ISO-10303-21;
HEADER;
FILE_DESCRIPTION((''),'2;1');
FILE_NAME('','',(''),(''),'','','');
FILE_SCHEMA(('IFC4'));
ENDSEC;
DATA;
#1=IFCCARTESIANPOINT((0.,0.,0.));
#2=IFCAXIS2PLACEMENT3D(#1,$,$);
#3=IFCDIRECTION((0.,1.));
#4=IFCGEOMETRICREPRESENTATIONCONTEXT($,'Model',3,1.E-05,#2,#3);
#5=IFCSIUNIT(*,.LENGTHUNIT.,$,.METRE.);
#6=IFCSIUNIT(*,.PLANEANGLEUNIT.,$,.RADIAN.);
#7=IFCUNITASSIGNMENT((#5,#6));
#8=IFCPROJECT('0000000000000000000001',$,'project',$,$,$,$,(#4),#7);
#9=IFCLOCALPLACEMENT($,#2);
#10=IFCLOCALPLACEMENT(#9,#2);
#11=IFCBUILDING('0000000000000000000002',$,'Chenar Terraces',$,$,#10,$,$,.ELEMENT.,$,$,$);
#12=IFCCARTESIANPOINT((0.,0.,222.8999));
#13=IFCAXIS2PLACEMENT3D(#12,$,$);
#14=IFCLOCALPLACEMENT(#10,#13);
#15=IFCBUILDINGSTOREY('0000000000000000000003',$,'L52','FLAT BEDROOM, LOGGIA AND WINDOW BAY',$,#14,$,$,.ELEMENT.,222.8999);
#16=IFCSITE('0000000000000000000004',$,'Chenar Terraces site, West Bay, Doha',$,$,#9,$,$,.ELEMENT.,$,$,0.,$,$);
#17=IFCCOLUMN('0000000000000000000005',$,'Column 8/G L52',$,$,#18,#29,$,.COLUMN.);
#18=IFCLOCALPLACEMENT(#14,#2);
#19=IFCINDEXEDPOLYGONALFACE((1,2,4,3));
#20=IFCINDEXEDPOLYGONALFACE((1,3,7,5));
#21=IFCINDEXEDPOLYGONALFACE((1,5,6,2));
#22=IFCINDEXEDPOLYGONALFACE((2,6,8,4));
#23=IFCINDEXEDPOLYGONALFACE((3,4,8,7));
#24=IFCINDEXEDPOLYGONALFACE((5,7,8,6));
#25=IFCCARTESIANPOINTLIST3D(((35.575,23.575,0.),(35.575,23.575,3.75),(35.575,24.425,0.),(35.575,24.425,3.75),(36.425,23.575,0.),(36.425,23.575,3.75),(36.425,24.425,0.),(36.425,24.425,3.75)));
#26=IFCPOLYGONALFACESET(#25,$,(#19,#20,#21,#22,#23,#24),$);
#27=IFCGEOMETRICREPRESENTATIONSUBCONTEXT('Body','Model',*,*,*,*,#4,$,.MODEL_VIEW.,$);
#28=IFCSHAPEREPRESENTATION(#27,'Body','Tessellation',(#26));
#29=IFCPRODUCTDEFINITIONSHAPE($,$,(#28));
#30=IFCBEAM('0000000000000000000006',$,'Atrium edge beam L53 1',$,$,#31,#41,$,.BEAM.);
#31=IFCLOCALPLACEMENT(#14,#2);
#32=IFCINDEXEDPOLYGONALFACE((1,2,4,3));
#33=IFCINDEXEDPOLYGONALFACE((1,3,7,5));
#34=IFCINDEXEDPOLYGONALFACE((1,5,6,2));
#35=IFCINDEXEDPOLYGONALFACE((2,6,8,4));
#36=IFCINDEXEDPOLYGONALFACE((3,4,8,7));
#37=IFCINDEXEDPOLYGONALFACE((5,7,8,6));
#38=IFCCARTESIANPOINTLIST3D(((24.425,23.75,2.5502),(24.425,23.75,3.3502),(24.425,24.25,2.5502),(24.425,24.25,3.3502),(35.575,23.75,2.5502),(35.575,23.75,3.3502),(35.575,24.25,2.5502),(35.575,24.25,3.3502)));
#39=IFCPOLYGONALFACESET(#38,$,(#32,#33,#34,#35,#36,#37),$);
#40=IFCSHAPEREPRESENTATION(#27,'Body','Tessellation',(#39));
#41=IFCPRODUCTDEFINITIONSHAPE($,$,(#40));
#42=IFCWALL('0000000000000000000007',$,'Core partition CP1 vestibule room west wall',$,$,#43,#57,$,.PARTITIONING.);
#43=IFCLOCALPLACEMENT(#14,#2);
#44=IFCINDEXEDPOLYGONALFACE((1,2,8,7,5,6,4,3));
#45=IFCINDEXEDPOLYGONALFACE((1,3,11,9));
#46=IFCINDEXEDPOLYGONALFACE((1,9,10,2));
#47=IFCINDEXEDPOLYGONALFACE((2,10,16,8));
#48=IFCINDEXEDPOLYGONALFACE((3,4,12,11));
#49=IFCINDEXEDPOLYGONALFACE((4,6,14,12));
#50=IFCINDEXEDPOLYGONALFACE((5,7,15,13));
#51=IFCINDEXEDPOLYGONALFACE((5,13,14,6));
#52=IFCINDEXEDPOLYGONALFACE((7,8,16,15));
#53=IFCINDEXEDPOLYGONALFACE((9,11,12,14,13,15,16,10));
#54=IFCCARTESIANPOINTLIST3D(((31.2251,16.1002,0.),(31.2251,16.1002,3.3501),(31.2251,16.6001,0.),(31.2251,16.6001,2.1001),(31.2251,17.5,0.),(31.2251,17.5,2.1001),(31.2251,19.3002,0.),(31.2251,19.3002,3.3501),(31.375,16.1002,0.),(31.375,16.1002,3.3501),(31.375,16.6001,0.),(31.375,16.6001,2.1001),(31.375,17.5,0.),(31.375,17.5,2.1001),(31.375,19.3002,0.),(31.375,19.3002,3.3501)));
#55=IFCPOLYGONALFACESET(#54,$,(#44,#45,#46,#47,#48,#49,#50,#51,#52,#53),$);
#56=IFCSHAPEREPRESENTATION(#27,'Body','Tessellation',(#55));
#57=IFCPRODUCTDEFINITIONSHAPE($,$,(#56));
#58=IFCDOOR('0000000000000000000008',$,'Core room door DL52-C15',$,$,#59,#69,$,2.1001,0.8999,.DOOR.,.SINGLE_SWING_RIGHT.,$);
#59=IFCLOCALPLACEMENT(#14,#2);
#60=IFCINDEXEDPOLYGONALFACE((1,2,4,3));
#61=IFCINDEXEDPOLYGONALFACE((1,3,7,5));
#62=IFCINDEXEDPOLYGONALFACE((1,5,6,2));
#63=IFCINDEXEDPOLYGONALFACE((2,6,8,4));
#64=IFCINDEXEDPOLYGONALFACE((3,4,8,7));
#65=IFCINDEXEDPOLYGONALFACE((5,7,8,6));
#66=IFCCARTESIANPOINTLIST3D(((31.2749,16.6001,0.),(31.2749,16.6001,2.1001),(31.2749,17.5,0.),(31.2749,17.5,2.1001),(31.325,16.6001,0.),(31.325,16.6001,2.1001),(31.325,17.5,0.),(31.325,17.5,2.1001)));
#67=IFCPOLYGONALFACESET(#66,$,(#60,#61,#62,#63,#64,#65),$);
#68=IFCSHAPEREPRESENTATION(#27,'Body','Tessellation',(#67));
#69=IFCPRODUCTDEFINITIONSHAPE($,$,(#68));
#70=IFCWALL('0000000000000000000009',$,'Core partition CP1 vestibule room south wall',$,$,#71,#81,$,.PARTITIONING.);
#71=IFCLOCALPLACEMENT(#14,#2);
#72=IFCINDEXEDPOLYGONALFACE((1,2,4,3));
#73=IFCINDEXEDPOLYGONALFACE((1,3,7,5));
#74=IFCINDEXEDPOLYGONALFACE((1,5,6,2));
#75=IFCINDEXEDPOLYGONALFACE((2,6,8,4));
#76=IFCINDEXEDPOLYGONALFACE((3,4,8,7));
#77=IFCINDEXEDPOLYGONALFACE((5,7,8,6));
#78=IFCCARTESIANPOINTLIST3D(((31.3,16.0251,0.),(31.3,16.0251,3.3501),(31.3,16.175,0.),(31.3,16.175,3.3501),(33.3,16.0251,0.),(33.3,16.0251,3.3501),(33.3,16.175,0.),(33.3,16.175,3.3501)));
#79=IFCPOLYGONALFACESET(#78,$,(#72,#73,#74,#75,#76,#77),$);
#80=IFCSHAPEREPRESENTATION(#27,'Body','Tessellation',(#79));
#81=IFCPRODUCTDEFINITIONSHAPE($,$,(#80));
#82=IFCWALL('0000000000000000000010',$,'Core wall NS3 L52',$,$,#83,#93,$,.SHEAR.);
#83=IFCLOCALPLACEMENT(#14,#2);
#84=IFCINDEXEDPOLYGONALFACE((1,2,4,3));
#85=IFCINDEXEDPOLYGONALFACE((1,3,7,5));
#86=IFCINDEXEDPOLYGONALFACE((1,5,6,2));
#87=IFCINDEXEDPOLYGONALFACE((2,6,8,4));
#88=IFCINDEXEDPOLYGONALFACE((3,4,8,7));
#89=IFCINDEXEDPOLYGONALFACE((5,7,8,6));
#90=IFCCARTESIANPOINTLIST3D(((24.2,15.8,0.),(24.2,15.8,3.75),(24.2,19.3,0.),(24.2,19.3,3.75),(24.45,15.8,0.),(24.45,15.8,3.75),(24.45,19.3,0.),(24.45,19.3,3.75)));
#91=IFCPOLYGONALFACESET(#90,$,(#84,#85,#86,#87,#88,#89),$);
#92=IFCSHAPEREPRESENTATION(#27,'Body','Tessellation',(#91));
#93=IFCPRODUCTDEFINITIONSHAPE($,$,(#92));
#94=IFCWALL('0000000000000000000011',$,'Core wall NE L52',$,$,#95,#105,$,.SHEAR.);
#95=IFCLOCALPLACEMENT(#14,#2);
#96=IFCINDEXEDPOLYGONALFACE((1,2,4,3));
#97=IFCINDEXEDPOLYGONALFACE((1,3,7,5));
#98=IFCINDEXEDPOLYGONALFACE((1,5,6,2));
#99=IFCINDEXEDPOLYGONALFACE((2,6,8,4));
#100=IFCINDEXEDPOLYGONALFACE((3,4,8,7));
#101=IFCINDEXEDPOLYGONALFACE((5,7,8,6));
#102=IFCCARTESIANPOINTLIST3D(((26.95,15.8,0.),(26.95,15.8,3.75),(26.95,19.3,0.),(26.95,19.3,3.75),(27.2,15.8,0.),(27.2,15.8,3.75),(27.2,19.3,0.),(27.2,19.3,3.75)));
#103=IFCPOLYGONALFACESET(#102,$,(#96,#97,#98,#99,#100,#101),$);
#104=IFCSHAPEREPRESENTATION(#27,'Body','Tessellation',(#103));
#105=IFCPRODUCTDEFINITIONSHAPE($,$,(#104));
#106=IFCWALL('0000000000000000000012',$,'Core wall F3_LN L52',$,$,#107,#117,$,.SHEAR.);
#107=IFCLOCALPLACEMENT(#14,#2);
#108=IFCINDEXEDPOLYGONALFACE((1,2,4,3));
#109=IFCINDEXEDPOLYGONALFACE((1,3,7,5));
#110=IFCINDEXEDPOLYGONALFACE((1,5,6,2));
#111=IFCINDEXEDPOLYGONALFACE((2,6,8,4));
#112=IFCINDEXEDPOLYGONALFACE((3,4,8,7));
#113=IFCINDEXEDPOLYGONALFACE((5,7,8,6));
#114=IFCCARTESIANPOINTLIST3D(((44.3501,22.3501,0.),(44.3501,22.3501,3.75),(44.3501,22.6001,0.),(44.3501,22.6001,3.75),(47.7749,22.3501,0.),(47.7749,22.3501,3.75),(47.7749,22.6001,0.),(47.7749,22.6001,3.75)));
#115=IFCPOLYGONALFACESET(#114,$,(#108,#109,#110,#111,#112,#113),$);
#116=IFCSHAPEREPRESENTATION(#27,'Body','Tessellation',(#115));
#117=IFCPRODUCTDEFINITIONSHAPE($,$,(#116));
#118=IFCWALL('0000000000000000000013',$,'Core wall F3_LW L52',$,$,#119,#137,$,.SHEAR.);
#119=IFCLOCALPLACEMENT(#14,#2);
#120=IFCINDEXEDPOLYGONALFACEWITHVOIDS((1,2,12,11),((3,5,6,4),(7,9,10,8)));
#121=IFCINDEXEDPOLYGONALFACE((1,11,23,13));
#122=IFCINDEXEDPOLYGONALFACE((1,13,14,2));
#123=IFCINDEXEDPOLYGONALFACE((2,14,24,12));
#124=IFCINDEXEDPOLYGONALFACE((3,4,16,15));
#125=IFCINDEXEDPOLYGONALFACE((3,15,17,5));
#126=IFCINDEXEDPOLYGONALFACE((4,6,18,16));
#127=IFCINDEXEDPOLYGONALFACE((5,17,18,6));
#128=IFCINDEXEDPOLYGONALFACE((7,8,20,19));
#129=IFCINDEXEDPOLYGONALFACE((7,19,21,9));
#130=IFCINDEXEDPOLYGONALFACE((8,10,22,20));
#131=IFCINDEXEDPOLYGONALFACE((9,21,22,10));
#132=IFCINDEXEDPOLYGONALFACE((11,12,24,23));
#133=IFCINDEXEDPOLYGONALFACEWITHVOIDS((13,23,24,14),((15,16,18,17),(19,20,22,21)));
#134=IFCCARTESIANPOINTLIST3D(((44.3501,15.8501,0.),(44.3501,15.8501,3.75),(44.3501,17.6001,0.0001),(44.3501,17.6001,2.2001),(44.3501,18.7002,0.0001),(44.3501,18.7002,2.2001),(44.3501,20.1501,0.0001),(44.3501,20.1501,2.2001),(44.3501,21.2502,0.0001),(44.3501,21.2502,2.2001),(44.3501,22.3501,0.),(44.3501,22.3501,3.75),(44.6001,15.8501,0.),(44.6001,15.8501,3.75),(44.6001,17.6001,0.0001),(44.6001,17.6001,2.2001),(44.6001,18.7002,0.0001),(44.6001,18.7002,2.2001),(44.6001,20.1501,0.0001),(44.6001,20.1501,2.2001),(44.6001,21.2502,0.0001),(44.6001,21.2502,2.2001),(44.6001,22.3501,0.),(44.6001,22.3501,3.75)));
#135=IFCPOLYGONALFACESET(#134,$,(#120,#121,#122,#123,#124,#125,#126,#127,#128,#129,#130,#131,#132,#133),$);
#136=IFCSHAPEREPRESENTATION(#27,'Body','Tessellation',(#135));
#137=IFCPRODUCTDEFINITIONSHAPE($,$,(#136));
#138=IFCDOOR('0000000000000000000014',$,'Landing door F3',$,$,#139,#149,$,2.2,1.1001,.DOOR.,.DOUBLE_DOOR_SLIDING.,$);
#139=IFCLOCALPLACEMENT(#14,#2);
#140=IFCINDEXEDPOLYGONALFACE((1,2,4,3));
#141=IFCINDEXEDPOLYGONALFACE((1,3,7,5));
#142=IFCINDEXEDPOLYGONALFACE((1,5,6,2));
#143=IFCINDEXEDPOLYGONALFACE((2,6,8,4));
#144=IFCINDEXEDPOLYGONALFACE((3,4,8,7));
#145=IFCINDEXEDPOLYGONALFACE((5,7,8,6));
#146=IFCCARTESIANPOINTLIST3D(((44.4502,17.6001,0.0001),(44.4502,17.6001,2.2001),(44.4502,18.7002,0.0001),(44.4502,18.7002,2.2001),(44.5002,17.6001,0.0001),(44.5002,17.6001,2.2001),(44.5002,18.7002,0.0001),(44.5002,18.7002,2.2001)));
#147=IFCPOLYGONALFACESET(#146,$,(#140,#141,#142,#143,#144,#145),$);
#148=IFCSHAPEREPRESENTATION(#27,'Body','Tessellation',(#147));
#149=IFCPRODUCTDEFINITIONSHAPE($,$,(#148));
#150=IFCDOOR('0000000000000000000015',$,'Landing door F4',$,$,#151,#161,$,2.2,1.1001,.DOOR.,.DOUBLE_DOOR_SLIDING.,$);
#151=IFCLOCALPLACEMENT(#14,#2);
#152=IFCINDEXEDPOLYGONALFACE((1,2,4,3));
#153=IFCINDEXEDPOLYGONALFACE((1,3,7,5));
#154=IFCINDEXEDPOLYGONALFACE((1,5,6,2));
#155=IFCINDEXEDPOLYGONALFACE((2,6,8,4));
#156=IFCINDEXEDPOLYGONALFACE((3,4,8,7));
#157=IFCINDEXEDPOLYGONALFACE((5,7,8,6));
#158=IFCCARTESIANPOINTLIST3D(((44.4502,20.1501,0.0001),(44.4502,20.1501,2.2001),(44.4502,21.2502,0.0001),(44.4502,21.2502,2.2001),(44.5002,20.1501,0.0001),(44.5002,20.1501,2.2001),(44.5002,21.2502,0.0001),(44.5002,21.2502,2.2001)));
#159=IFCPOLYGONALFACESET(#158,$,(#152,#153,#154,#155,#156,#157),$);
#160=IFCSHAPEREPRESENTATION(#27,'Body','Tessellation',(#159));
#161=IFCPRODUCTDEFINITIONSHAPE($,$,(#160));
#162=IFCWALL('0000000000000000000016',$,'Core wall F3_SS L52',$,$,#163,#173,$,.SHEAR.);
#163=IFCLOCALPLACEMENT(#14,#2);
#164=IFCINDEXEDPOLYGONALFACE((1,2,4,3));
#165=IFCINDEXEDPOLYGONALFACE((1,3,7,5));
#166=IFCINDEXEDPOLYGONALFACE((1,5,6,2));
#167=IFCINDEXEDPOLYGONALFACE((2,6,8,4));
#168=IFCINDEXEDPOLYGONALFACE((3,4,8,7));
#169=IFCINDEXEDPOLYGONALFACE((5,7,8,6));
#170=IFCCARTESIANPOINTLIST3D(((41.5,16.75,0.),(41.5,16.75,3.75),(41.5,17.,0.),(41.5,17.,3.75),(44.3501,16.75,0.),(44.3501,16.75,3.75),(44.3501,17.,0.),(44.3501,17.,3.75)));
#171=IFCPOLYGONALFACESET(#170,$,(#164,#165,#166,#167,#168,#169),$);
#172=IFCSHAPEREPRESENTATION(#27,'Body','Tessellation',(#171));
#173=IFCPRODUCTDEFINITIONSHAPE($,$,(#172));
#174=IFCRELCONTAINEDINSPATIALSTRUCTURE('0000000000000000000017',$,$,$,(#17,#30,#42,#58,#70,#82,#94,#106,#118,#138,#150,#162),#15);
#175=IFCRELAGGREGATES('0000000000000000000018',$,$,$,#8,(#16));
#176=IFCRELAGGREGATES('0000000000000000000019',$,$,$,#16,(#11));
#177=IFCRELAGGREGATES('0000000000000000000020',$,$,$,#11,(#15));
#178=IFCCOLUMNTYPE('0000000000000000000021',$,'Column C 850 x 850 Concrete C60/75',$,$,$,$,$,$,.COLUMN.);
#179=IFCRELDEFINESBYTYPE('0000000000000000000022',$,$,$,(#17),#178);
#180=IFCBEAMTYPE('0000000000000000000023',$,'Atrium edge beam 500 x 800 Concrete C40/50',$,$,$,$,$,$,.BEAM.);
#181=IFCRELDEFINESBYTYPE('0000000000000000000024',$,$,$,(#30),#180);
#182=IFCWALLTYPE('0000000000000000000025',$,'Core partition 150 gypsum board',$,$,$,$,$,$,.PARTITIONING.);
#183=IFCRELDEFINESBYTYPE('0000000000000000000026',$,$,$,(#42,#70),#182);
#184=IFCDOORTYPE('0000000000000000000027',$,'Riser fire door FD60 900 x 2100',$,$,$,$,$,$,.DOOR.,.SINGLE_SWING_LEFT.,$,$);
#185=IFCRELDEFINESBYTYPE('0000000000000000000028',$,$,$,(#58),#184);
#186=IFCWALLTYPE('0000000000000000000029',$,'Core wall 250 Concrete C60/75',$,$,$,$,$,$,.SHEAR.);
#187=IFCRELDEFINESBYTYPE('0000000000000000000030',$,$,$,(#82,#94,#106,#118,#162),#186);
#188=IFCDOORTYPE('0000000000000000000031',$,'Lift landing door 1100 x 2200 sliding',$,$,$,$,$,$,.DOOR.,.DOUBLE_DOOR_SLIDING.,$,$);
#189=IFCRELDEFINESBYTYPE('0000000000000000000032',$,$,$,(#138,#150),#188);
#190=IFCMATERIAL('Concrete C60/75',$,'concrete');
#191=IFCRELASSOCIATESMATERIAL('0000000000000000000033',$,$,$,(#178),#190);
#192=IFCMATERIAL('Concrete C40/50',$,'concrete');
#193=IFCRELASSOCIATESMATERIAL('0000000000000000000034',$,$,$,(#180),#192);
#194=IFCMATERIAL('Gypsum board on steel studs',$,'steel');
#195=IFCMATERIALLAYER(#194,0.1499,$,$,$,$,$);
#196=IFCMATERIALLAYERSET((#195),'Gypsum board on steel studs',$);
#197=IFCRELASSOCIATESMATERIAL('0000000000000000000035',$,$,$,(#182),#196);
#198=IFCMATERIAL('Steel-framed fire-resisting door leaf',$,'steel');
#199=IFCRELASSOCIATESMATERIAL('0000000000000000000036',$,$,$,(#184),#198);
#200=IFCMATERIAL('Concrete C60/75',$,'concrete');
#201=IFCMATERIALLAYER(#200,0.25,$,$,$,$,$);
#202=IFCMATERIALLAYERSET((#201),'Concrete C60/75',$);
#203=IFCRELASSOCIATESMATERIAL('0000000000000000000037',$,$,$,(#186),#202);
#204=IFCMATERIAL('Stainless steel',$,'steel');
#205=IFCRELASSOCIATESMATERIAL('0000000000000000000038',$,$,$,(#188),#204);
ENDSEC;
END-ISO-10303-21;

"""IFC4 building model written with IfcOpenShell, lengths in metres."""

from ifc_helpers import new_model, si_unit, direction, frame, frame_2d, origin, origin_2d, place, context, subcontext, project, spatial, rectangle, extrude, material, layer, layer_set, material_profile, profile_set, type_object, element, fill, save


model = new_model("IFC4")

# Units and contexts
model_context = context("Model", 3, precision=1e-05, world=origin(), true_north=direction((0.0, 1.0)))
body_context = subcontext(model_context, "Body", "Model", "MODEL_VIEW")
ifc_project = project(units=[si_unit("LENGTHUNIT", "METRE"), si_unit("PLANEANGLEUNIT", "RADIAN")], contexts=[model_context])

# Site, building, storey
site_placement = place(None, origin())
site = spatial("IfcSite", under=ifc_project, at=site_placement, Name="Chenar Terraces site, West Bay, Doha", CompositionType="ELEMENT", RefElevation=0.0)
building_placement = place(site_placement, origin())
building = spatial("IfcBuilding", under=site, at=building_placement, Name="Chenar Terraces", CompositionType="ELEMENT")
storey_placement = place(building_placement, frame((0.0, 0.0, 222.8999)))
storey = spatial("IfcBuildingStorey", under=building, at=storey_placement, Name="L52", Description="FLAT BEDROOM, LOGGIA AND WINDOW BAY", CompositionType="ELEMENT", Elevation=222.8999)

# Column
ifc_material_1 = material(Name="Concrete C60/75", Category="concrete")
ifc_material_profile_1 = material_profile(ifc_material_1, rectangle(XDim=0.8501, YDim=0.8501, at=origin_2d()), Name="C 850 x 850")
ifc_profile_set_1 = profile_set([ifc_material_profile_1], Name="Concrete C60/75")
column_type = type_object("IfcColumnType", Name="Column C 850 x 850 Concrete C60/75", PredefinedType="COLUMN", material=ifc_profile_set_1)
column_placement = place(storey_placement, frame((36.0, 24.0, 0.0), z_axis=(0.0, 0.0, 1.0), x_axis=(1.0, 0.0, 0.0)))
element("IfcColumn", 1, at=column_placement, inside=storey, type_object=column_type, Name="Column 8/G L52", PredefinedType="COLUMN", context=body_context, shape_type="SweptSolid", body=[
    extrude(rectangle(XDim=0.8501, YDim=0.8501, at=origin_2d()), origin(), (0.0, 0.0, 1.0), 3.75),
])

# Beam
ifc_material_2 = material(Name="Concrete C40/50", Category="concrete")
ifc_material_profile_2 = material_profile(ifc_material_2, rectangle(XDim=0.5, YDim=0.8, at=origin_2d()), Name="RC 500 x 800")
ifc_profile_set_2 = profile_set([ifc_material_profile_2], Name="Concrete C40/50")
beam_type = type_object("IfcBeamType", Name="Atrium edge beam 500 x 800 Concrete C40/50", PredefinedType="BEAM", material=ifc_profile_set_2)
beam_placement = place(storey_placement, frame((24.425, 24.0, 2.9502), z_axis=(1.0, 0.0, 0.0), x_axis=(0.0, 1.0, 0.0)))
element("IfcBeam", 2, at=beam_placement, inside=storey, type_object=beam_type, Name="Atrium edge beam L53 1", PredefinedType="BEAM", context=body_context, shape_type="SweptSolid", body=[
    extrude(rectangle(XDim=0.5, YDim=0.8, at=origin_2d()), origin(), (0.0, 0.0, 1.0), 11.1499),
])

# Wall, opening, door
ifc_material_3 = material(Name="Gypsum board on steel studs", Category="steel")
ifc_layer_1 = layer(ifc_material_3, 0.1499)
ifc_layer_set_1 = layer_set([ifc_layer_1], Name="Gypsum board on steel studs")
wall_type_1 = type_object("IfcWallType", Name="Core partition 150 gypsum board", PredefinedType="PARTITIONING", material=ifc_layer_set_1)
wall_1_placement = place(storey_placement, frame((31.3, 16.1001, 0.0), z_axis=(0.0, 0.0, 1.0), x_axis=(0.0, 1.0, 0.0)))
wall_1 = element("IfcWall", 3, at=wall_1_placement, inside=storey, type_object=wall_type_1, Name="Core partition CP1 vestibule room west wall", PredefinedType="PARTITIONING", context=body_context, shape_type="SweptSolid", body=[
    extrude(rectangle(XDim=3.2, YDim=0.1499, at=frame_2d((1.6001, 0.0))), origin(), (0.0, 0.0, 1.0), 3.3501),
])
opening_1_placement = place(wall_1_placement, frame((0.5, 0.0, 0.0)))
opening_1 = element("IfcOpeningElement", 4, at=opening_1_placement, cuts=wall_1, PredefinedType="OPENING", context=body_context, shape_type="SweptSolid", body=[
    extrude(rectangle(XDim=0.8999, YDim=2.1001, at=frame_2d((0.45, 1.05))), frame((0.0, 0.085, 0.0), z_axis=(0.0, -1.0, 0.0), x_axis=(1.0, 0.0, 0.0)), (0.0, 0.0, 1.0), 0.1699),
])
ifc_material_4 = material(Name="Steel-framed fire-resisting door leaf", Category="steel")
door_type_1 = type_object("IfcDoorType", Name="Riser fire door FD60 900 x 2100", OperationType="SINGLE_SWING_LEFT", PredefinedType="DOOR", material=ifc_material_4)
door_1_placement = place(opening_1_placement, frame((0.8999, 0.0, 0.0), z_axis=(0.0, 0.0, 1.0), x_axis=(-1.0, 0.0, 0.0)))
door_1 = element("IfcDoor", 5, at=door_1_placement, inside=storey, type_object=door_type_1, Name="Core room door DL52-C15", OperationType="SINGLE_SWING_RIGHT", OverallHeight=2.1001, OverallWidth=0.8999, PredefinedType="DOOR", context=body_context, shape_type="SweptSolid", body=[
    extrude(rectangle(XDim=0.8999, YDim=2.1001, at=frame_2d((0.45, 1.05))), frame((0.0, 0.0249, 0.0), z_axis=(0.0, -1.0, 0.0), x_axis=(1.0, 0.0, 0.0)), (0.0, 0.0, 1.0), 0.05),
])
fill(opening_1, door_1)

# Walls
wall_2_placement = place(storey_placement, frame((31.3, 16.1001, 0.0), z_axis=(0.0, 0.0, 1.0), x_axis=(1.0, 0.0, 0.0)))
element("IfcWall", 6, at=wall_2_placement, inside=storey, type_object=wall_type_1, Name="Core partition CP1 vestibule room south wall", PredefinedType="PARTITIONING", context=body_context, shape_type="SweptSolid", body=[
    extrude(rectangle(XDim=2.0, YDim=0.1499, at=frame_2d((1.0, 0.0))), origin(), (0.0, 0.0, 1.0), 3.3501),
])
ifc_material_5 = material(Name="Concrete C60/75", Category="concrete")
ifc_layer_2 = layer(ifc_material_5, 0.25)
ifc_layer_set_2 = layer_set([ifc_layer_2], Name="Concrete C60/75")
wall_type_2 = type_object("IfcWallType", Name="Core wall 250 Concrete C60/75", PredefinedType="SHEAR", material=ifc_layer_set_2)
for number, where, z_axis, x_axis, name in (
    (7, (24.325, 15.8, 0.0), (0.0, 0.0, 1.0), (0.0, 1.0, 0.0), "Core wall NS3 L52"),
    (8, (27.075, 15.8, 0.0), (0.0, 0.0, 1.0), (0.0, 1.0, 0.0), "Core wall NE L52"),
):
    element("IfcWall", number, at=place(storey_placement, frame(where, z_axis=z_axis, x_axis=x_axis)), inside=storey, type_object=wall_type_2, Name=name, PredefinedType="SHEAR", context=body_context, shape_type="SweptSolid", body=[
        extrude(rectangle(XDim=3.5, YDim=0.25, at=frame_2d((1.75, 0.0))), origin(), (0.0, 0.0, 1.0), 3.75),
    ])
wall_3_placement = place(storey_placement, frame((44.3501, 22.4751, 0.0), z_axis=(0.0, 0.0, 1.0), x_axis=(1.0, 0.0, 0.0)))
element("IfcWall", 9, at=wall_3_placement, inside=storey, type_object=wall_type_2, Name="Core wall F3_LN L52", PredefinedType="SHEAR", context=body_context, shape_type="SweptSolid", body=[
    extrude(rectangle(XDim=3.4248, YDim=0.25, at=frame_2d((1.7124, 0.0))), origin(), (0.0, 0.0, 1.0), 3.75),
])

# Wall, openings, doors
wall_4_placement = place(storey_placement, frame((44.4751, 15.8501, 0.0), z_axis=(0.0, 0.0, 1.0), x_axis=(0.0, 1.0, 0.0)))
wall_4 = element("IfcWall", 10, at=wall_4_placement, inside=storey, type_object=wall_type_2, Name="Core wall F3_LW L52", PredefinedType="SHEAR", context=body_context, shape_type="SweptSolid", body=[
    extrude(rectangle(XDim=6.5, YDim=0.25, at=frame_2d((3.25, 0.0))), origin(), (0.0, 0.0, 1.0), 3.75),
])
opening_2_placement = place(wall_4_placement, frame((1.75, 0.0, 0.0)))
opening_2 = element("IfcOpeningElement", 11, at=opening_2_placement, cuts=wall_4, PredefinedType="OPENING", context=body_context, shape_type="SweptSolid", body=[
    extrude(rectangle(XDim=1.1001, YDim=2.2, at=frame_2d((0.55, 1.1001))), frame((0.0, 0.135, 0.0), z_axis=(0.0, -1.0, 0.0), x_axis=(1.0, 0.0, 0.0)), (0.0, 0.0, 1.0), 0.27),
])
opening_3_placement = place(wall_4_placement, frame((4.3, 0.0, 0.0)))
opening_3 = element("IfcOpeningElement", 12, at=opening_3_placement, cuts=wall_4, PredefinedType="OPENING", context=body_context, shape_type="SweptSolid", body=[
    extrude(rectangle(XDim=1.1001, YDim=2.2, at=frame_2d((0.55, 1.1001))), frame((0.0, 0.135, 0.0), z_axis=(0.0, -1.0, 0.0), x_axis=(1.0, 0.0, 0.0)), (0.0, 0.0, 1.0), 0.27),
])
ifc_material_6 = material(Name="Stainless steel", Category="steel")
door_type_2 = type_object("IfcDoorType", Name="Lift landing door 1100 x 2200 sliding", OperationType="DOUBLE_DOOR_SLIDING", PredefinedType="DOOR", material=ifc_material_6)
door_2_placement = place(opening_2_placement, origin())
door_2 = element("IfcDoor", 13, at=door_2_placement, inside=storey, type_object=door_type_2, Name="Landing door F3", OperationType="DOUBLE_DOOR_SLIDING", OverallHeight=2.2, OverallWidth=1.1001, PredefinedType="DOOR", context=body_context, shape_type="SweptSolid", body=[
    extrude(rectangle(XDim=1.1001, YDim=2.2, at=frame_2d((0.55, 1.1001))), frame((0.0, 0.0249, 0.0), z_axis=(0.0, -1.0, 0.0), x_axis=(1.0, 0.0, 0.0)), (0.0, 0.0, 1.0), 0.05),
])
fill(opening_2, door_2)
door_3_placement = place(opening_3_placement, origin())
door_3 = element("IfcDoor", 14, at=door_3_placement, inside=storey, type_object=door_type_2, Name="Landing door F4", OperationType="DOUBLE_DOOR_SLIDING", OverallHeight=2.2, OverallWidth=1.1001, PredefinedType="DOOR", context=body_context, shape_type="SweptSolid", body=[
    extrude(rectangle(XDim=1.1001, YDim=2.2, at=frame_2d((0.55, 1.1001))), frame((0.0, 0.0249, 0.0), z_axis=(0.0, -1.0, 0.0), x_axis=(1.0, 0.0, 0.0)), (0.0, 0.0, 1.0), 0.05),
])
fill(opening_3, door_3)

# Wall
for number, where, z_axis, x_axis, name in (
    (15, (41.5, 16.875, 0.0), (0.0, 0.0, 1.0), (1.0, 0.0, 0.0), "Core wall F3_SS L52"),
):
    element("IfcWall", number, at=place(storey_placement, frame(where, z_axis=z_axis, x_axis=x_axis)), inside=storey, type_object=wall_type_2, Name=name, PredefinedType="SHEAR", context=body_context, shape_type="SweptSolid", body=[
        extrude(rectangle(XDim=2.8501, YDim=0.25, at=frame_2d((1.425, 0.0))), origin(), (0.0, 0.0, 1.0), 3.75),
    ])

save(model, "model.ifc")
